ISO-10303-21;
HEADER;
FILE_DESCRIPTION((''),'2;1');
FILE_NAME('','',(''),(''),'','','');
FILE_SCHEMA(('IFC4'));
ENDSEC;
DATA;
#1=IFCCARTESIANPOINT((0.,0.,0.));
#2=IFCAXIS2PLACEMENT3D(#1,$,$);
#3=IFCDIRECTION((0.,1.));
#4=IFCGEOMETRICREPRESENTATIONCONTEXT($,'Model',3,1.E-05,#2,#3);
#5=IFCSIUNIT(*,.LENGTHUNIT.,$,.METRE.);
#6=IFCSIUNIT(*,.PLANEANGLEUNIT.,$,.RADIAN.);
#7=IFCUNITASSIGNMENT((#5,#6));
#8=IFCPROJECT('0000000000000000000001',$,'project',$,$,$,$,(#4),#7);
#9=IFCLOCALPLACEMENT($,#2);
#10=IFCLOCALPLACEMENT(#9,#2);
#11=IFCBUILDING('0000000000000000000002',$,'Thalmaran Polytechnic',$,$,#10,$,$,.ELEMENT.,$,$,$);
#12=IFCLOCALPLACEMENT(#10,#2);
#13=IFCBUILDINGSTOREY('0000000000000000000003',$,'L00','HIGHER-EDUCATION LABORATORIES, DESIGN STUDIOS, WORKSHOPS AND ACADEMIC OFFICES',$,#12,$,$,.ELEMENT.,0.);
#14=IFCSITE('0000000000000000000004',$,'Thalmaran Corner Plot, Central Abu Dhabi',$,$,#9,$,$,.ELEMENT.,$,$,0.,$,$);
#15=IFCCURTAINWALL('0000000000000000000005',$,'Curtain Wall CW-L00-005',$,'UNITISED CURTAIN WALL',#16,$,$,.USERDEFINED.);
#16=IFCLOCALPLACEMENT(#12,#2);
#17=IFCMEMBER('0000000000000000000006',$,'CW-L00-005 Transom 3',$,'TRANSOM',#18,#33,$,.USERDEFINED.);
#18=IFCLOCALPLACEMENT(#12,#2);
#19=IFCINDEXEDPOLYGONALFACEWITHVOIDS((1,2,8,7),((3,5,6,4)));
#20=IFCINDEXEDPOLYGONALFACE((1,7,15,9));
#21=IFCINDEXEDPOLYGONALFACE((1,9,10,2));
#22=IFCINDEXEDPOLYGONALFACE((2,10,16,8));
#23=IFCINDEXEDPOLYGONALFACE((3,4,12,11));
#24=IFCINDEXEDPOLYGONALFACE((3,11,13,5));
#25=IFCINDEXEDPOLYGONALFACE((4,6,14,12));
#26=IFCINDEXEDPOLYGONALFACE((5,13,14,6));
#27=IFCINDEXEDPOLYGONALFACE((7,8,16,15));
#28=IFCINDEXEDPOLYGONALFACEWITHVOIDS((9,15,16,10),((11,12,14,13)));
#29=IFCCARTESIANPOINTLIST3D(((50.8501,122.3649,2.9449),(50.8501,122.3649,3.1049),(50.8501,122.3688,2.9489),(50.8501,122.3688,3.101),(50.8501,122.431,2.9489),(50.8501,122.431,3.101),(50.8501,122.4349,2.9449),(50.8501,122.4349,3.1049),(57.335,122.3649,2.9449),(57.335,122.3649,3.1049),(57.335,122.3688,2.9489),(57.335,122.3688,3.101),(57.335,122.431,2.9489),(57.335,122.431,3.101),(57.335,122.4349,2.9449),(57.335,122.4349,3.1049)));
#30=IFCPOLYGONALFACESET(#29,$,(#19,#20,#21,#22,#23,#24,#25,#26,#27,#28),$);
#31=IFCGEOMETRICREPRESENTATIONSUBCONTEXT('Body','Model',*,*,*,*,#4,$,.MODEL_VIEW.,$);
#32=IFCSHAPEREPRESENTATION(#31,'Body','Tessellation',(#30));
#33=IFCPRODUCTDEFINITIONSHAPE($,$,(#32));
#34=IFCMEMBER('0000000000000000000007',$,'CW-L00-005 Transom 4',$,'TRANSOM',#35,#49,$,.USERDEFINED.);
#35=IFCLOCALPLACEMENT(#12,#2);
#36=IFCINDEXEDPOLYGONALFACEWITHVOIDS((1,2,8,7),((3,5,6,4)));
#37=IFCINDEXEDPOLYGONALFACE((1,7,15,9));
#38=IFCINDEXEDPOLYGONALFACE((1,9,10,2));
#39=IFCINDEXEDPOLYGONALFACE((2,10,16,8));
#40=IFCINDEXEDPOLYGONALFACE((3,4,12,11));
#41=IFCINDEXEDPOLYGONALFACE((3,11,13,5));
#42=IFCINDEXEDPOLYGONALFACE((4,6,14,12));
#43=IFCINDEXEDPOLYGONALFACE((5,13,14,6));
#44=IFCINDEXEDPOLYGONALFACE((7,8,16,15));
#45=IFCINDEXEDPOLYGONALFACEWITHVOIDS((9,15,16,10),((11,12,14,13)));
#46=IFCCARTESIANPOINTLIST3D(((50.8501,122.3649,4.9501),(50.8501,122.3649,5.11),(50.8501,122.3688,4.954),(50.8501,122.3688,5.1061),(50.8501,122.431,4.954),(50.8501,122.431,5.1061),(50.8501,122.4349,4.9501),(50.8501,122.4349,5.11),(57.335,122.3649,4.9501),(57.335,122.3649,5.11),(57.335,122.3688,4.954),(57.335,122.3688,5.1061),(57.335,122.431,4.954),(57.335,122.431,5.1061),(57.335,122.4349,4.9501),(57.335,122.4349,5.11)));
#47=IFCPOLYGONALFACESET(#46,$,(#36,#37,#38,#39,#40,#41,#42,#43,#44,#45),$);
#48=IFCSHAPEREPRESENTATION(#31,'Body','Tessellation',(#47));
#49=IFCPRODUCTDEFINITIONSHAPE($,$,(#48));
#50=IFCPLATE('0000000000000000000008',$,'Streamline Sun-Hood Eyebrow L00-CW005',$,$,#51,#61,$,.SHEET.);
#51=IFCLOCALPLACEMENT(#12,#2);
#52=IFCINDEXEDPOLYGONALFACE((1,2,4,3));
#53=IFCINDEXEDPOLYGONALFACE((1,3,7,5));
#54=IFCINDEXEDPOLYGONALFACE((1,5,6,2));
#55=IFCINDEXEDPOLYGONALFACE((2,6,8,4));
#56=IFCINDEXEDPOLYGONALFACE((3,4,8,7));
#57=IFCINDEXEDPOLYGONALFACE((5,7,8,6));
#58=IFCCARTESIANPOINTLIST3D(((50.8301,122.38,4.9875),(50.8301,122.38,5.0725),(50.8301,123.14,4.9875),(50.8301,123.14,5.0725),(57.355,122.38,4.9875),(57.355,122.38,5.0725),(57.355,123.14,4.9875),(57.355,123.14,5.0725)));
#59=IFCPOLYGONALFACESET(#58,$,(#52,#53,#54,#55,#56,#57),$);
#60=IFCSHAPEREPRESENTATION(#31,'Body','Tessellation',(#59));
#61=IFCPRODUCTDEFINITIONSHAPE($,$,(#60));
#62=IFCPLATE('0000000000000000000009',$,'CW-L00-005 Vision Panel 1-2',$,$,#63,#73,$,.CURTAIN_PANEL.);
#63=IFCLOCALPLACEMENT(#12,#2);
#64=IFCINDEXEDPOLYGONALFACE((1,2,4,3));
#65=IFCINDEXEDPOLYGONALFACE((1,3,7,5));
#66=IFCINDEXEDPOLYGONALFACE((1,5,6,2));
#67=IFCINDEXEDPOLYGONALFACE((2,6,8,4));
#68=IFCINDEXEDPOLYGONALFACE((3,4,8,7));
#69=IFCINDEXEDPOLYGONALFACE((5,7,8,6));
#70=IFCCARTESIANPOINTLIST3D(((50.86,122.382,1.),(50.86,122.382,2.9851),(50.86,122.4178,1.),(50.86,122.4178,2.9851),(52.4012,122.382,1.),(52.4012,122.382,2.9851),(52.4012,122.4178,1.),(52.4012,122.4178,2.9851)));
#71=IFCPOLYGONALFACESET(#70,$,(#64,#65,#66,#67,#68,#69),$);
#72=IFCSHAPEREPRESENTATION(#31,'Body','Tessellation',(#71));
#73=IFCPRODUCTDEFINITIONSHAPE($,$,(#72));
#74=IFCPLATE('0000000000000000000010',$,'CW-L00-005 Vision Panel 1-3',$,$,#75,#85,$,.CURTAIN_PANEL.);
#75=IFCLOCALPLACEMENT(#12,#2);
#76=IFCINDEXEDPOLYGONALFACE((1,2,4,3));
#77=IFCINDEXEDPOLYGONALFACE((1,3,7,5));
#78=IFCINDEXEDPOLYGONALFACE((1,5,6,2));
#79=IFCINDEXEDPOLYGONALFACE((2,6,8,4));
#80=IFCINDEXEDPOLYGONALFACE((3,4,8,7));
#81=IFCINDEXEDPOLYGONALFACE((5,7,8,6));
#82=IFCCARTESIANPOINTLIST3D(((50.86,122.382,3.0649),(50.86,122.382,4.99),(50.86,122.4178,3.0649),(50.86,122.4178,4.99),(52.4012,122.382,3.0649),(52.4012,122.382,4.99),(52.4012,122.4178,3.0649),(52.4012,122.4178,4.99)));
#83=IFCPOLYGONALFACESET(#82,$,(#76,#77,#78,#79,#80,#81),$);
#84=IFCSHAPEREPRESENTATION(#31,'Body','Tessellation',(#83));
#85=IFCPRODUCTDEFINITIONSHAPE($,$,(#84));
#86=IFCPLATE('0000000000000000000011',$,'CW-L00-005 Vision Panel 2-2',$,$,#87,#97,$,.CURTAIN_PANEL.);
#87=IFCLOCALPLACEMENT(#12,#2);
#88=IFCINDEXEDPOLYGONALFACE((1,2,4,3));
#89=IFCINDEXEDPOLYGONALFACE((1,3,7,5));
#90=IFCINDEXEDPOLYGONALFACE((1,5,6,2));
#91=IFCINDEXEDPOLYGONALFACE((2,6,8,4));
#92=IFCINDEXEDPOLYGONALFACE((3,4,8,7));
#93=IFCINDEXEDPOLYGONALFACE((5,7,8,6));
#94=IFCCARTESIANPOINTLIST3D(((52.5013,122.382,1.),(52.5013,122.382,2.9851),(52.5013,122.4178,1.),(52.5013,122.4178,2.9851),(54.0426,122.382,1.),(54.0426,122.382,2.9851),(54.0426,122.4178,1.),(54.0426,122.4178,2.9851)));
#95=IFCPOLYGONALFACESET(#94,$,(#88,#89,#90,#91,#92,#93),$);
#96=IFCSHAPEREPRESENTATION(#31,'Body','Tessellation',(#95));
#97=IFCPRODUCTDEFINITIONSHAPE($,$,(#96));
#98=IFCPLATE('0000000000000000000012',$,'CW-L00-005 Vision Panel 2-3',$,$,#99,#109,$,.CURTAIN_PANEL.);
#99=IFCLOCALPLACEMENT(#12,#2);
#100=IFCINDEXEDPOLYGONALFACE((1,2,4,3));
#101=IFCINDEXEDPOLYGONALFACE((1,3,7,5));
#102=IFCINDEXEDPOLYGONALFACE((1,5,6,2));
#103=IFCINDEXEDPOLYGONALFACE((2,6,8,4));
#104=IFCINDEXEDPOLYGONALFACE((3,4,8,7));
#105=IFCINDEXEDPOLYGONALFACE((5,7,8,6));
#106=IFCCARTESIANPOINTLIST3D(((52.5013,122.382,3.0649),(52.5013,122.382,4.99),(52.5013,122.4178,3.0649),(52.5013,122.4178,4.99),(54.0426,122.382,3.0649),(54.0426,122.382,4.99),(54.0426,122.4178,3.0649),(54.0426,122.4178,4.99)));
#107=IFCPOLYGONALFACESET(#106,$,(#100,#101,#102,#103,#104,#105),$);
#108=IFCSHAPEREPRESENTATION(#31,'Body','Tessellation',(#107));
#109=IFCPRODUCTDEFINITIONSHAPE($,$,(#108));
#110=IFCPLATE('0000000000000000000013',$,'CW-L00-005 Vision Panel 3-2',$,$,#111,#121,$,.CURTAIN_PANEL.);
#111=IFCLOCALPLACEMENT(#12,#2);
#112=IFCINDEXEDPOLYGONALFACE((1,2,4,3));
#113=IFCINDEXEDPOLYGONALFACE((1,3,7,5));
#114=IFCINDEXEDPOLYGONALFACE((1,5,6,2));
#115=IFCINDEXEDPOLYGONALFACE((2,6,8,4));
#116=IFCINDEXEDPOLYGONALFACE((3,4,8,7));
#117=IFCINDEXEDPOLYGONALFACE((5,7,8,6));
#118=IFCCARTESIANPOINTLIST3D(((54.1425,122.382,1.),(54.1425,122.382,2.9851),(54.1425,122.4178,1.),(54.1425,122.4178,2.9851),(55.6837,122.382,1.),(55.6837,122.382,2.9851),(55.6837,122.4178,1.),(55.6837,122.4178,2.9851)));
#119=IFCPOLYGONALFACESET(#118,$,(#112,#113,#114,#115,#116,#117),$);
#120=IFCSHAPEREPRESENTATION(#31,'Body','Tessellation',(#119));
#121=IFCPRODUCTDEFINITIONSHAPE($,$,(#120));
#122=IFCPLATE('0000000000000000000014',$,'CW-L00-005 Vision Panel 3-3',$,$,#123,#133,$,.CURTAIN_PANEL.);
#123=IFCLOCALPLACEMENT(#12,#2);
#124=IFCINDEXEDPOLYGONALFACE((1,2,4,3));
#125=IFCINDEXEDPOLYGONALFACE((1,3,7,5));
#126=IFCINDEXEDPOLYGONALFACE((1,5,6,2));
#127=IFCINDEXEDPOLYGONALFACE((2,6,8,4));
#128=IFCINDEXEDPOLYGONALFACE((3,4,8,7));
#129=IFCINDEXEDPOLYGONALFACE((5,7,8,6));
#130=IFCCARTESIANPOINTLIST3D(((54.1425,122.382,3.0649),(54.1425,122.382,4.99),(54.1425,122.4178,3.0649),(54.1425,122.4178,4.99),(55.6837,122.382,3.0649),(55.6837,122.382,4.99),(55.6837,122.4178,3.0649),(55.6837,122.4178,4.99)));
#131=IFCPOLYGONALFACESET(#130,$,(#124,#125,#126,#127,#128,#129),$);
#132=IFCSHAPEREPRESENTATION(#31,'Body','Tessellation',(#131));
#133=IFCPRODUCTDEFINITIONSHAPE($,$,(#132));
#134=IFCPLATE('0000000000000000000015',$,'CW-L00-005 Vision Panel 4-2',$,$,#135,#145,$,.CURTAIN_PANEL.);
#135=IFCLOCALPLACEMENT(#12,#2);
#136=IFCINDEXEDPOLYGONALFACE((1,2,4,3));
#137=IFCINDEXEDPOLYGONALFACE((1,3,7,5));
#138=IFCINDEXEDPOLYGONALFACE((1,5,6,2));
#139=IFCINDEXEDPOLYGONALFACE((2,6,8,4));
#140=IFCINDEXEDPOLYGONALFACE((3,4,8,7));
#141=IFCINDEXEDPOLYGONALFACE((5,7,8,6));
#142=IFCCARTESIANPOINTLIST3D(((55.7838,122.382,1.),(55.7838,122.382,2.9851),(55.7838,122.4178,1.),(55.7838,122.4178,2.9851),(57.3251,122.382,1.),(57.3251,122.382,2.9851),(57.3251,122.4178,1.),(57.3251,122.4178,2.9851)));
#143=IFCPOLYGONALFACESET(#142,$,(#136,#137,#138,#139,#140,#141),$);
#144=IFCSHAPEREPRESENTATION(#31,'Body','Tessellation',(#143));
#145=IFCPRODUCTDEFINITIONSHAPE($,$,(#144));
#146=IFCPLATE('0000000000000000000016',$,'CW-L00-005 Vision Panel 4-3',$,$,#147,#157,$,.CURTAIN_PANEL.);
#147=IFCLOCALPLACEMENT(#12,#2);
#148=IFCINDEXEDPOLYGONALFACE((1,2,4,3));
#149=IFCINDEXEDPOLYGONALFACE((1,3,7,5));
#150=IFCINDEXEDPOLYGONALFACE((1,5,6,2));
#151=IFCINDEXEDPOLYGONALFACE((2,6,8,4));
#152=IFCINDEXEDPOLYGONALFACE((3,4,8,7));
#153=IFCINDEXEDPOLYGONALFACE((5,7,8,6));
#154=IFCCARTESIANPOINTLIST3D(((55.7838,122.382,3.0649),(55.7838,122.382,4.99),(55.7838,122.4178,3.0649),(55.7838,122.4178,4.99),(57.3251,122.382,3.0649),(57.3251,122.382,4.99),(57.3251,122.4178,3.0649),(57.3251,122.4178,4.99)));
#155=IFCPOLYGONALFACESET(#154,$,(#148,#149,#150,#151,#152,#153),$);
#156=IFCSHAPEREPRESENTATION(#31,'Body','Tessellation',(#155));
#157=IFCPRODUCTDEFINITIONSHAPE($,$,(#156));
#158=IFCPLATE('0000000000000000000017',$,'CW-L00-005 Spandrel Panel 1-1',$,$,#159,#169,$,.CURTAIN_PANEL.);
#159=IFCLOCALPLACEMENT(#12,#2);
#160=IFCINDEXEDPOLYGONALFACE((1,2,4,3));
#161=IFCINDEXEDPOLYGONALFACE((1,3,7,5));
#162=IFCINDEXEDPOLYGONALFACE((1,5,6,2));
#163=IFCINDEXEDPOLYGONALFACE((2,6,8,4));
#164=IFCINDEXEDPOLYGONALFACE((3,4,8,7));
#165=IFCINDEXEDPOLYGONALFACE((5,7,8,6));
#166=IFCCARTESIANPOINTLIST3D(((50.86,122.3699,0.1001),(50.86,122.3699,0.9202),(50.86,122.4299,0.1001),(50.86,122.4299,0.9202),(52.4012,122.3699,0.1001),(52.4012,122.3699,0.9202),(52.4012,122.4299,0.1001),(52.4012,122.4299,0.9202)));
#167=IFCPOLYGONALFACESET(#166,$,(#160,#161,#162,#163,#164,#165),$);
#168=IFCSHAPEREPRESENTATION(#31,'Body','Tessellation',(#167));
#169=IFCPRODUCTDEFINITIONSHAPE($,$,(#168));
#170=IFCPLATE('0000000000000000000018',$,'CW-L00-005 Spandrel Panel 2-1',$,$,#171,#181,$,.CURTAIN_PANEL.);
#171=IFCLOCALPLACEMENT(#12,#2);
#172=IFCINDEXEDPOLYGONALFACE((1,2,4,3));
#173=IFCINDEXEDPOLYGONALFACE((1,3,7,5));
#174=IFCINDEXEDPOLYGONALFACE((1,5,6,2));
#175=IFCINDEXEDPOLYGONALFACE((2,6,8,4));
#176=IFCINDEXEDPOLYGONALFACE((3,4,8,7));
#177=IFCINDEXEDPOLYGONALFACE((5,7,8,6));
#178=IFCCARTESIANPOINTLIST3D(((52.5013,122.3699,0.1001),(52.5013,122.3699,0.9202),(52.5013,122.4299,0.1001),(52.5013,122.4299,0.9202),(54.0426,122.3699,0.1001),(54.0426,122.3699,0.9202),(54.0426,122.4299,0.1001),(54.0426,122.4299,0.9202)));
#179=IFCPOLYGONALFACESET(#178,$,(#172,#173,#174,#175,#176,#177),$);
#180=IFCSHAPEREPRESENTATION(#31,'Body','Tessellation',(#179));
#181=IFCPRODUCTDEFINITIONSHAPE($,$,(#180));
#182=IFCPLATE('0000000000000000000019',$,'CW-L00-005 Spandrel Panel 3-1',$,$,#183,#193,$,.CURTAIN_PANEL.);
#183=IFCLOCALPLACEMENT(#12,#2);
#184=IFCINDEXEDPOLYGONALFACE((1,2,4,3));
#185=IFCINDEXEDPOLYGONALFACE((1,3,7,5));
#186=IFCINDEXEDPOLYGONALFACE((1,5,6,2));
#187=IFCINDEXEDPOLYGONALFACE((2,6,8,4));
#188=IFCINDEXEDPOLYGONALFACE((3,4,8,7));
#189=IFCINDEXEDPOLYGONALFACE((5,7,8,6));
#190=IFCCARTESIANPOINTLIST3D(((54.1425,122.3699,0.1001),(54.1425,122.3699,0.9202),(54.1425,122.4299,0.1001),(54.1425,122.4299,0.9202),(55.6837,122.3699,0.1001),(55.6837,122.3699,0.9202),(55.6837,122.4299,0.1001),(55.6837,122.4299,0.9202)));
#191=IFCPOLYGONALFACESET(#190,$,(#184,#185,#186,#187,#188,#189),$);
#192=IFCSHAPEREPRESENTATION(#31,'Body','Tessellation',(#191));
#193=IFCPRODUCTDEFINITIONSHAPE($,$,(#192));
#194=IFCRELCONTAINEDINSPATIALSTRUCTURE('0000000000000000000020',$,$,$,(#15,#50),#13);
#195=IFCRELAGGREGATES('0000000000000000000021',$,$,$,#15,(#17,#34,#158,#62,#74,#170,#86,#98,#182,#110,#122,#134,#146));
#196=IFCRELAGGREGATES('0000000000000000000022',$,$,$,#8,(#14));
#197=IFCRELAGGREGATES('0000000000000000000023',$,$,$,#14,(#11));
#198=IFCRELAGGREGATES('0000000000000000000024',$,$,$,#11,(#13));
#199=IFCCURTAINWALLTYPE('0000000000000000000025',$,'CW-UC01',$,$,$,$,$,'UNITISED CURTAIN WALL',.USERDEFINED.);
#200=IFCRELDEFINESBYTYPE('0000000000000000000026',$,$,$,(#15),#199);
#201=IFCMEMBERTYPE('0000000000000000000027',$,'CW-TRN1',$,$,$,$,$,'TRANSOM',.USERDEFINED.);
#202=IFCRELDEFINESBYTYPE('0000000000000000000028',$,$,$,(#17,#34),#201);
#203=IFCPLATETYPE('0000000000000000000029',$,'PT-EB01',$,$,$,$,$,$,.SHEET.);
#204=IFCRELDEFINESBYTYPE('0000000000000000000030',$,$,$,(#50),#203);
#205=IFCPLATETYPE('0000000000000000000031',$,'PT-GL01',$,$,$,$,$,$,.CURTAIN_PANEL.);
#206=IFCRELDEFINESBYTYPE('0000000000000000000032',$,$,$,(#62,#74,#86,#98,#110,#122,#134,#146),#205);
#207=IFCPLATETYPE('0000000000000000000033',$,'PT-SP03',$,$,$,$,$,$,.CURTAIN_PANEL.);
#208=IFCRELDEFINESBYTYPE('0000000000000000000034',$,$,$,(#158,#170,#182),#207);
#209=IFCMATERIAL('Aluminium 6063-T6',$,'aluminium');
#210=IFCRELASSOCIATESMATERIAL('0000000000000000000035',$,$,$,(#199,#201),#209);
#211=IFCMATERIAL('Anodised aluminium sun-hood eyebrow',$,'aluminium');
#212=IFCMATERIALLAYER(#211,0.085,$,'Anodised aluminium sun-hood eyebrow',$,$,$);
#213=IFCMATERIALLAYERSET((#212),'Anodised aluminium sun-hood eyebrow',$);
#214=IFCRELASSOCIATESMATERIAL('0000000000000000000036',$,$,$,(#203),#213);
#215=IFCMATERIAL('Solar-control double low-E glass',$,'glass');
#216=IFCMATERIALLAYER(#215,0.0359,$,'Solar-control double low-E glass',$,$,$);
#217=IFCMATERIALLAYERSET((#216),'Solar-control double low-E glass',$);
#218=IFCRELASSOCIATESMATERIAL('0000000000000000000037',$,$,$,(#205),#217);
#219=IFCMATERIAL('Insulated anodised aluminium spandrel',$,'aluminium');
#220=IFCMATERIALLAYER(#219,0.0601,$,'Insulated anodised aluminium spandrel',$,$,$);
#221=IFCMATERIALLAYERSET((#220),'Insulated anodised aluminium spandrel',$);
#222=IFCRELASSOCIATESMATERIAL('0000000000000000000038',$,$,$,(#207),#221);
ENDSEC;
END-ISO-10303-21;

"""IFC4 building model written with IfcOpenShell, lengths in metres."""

from ifc_helpers import new_model, si_unit, direction, frame, origin, origin_2d, place, context, subcontext, project, spatial, rectangle, hollow_rectangle, extrude, material, layer, layer_set, material_profile, profile_set, type_object, element, aggregate, save


model = new_model("IFC4")

# Units and contexts
model_context = context("Model", 3, precision=1e-05, world=origin(), true_north=direction((0.0, 1.0)))
body_context = subcontext(model_context, "Body", "Model", "MODEL_VIEW")
ifc_project = project(units=[si_unit("LENGTHUNIT", "METRE"), si_unit("PLANEANGLEUNIT", "RADIAN")], contexts=[model_context])

# Site, building, storey
site_placement = place(None, origin())
site = spatial("IfcSite", under=ifc_project, at=site_placement, Name="Thalmaran Corner Plot, Central Abu Dhabi", CompositionType="ELEMENT", RefElevation=0.0)
building_placement = place(site_placement, origin())
building = spatial("IfcBuilding", under=site, at=building_placement, Name="Thalmaran Polytechnic", CompositionType="ELEMENT")
storey_placement = place(building_placement, origin())
storey = spatial("IfcBuildingStorey", under=building, at=storey_placement, Name="L00", Description="HIGHER-EDUCATION LABORATORIES, DESIGN STUDIOS, WORKSHOPS AND ACADEMIC OFFICES", CompositionType="ELEMENT", Elevation=0.0)

# Curtain wall, members
ifc_material_1 = material(Name="Aluminium 6063-T6", Category="aluminium")
curtain_wall_type = type_object("IfcCurtainWallType", Name="CW-UC01", ElementType="UNITISED CURTAIN WALL", PredefinedType="USERDEFINED", material=ifc_material_1)
curtain_wall_placement = place(storey_placement, origin())
curtain_wall = element("IfcCurtainWall", 1, at=curtain_wall_placement, inside=storey, type_object=curtain_wall_type, Name="Curtain Wall CW-L00-005", ObjectType="UNITISED CURTAIN WALL", PredefinedType="USERDEFINED")
ifc_material_profile_1 = material_profile(ifc_material_1, hollow_rectangle(XDim=0.0701, YDim=0.1599, WallThickness=0.0039, at=origin_2d()), Name="AL 160x70x4.0")
ifc_profile_set_1 = profile_set([ifc_material_profile_1], Name="Aluminium 6063-T6")
member_type_1 = type_object("IfcMemberType", Name="CW-TRN1", ElementType="TRANSOM", PredefinedType="USERDEFINED", material=ifc_profile_set_1)
member_1_placement = place(storey_placement, frame((50.8501, 122.3999, 3.0249), z_axis=(1.0, 0.0, 0.0), x_axis=(0.0, 1.0, 0.0)))
member_1 = element("IfcMember", 2, at=member_1_placement, type_object=member_type_1, Name="CW-L00-005 Transom 3", ObjectType="TRANSOM", PredefinedType="USERDEFINED", context=body_context, shape_type="SweptSolid", body=[
    extrude(hollow_rectangle(XDim=0.0701, YDim=0.1599, WallThickness=0.0039, at=origin_2d()), origin(), (0.0, 0.0, 1.0), 6.4849),
])
member_2_placement = place(storey_placement, frame((50.8501, 122.3999, 5.03), z_axis=(1.0, 0.0, 0.0), x_axis=(0.0, 1.0, 0.0)))
member_2 = element("IfcMember", 3, at=member_2_placement, type_object=member_type_1, Name="CW-L00-005 Transom 4", ObjectType="TRANSOM", PredefinedType="USERDEFINED", context=body_context, shape_type="SweptSolid", body=[
    extrude(hollow_rectangle(XDim=0.0701, YDim=0.1599, WallThickness=0.0039, at=origin_2d()), origin(), (0.0, 0.0, 1.0), 6.4849),
])

# Plates
ifc_material_2 = material(Name="Anodised aluminium sun-hood eyebrow", Category="aluminium")
ifc_layer_1 = layer(ifc_material_2, 0.085, Name="Anodised aluminium sun-hood eyebrow")
ifc_layer_set_1 = layer_set([ifc_layer_1], Name="Anodised aluminium sun-hood eyebrow")
plate_type_1 = type_object("IfcPlateType", Name="PT-EB01", PredefinedType="SHEET", material=ifc_layer_set_1)
plate_1_placement = place(storey_placement, frame((54.0925, 122.76, 4.9875), z_axis=(0.0, 0.0, 1.0), x_axis=(1.0, 0.0, 0.0)))
element("IfcPlate", 4, at=plate_1_placement, inside=storey, type_object=plate_type_1, Name="Streamline Sun-Hood Eyebrow L00-CW005", PredefinedType="SHEET", context=body_context, shape_type="SweptSolid", body=[
    extrude(rectangle(XDim=6.5249, YDim=0.76, at=origin_2d()), origin(), (0.0, 0.0, 1.0), 0.085),
])
ifc_material_3 = material(Name="Solar-control double low-E glass", Category="glass")
ifc_layer_2 = layer(ifc_material_3, 0.0359, Name="Solar-control double low-E glass")
ifc_layer_set_2 = layer_set([ifc_layer_2], Name="Solar-control double low-E glass")
plate_type_2 = type_object("IfcPlateType", Name="PT-GL01", PredefinedType="CURTAIN_PANEL", material=ifc_layer_set_2)
plate_2_placement = place(storey_placement, frame((51.6306, 122.3999, 1.0), z_axis=(0.0, 0.0, 1.0), x_axis=(1.0, 0.0, 0.0)))
plate_2 = element("IfcPlate", 5, at=plate_2_placement, type_object=plate_type_2, Name="CW-L00-005 Vision Panel 1-2", PredefinedType="CURTAIN_PANEL", context=body_context, shape_type="SweptSolid", body=[
    extrude(rectangle(XDim=1.5413, YDim=0.0359, at=origin_2d()), origin(), (0.0, 0.0, 1.0), 1.9851),
])
plate_3_placement = place(storey_placement, frame((51.6306, 122.3999, 3.0649), z_axis=(0.0, 0.0, 1.0), x_axis=(1.0, 0.0, 0.0)))
plate_3 = element("IfcPlate", 6, at=plate_3_placement, type_object=plate_type_2, Name="CW-L00-005 Vision Panel 1-3", PredefinedType="CURTAIN_PANEL", context=body_context, shape_type="SweptSolid", body=[
    extrude(rectangle(XDim=1.5413, YDim=0.0359, at=origin_2d()), origin(), (0.0, 0.0, 1.0), 1.925),
])
plate_4_placement = place(storey_placement, frame((53.272, 122.3999, 1.0), z_axis=(0.0, 0.0, 1.0), x_axis=(1.0, 0.0, 0.0)))
plate_4 = element("IfcPlate", 7, at=plate_4_placement, type_object=plate_type_2, Name="CW-L00-005 Vision Panel 2-2", PredefinedType="CURTAIN_PANEL", context=body_context, shape_type="SweptSolid", body=[
    extrude(rectangle(XDim=1.5413, YDim=0.0359, at=origin_2d()), origin(), (0.0, 0.0, 1.0), 1.9851),
])
plate_5_placement = place(storey_placement, frame((53.272, 122.3999, 3.0649), z_axis=(0.0, 0.0, 1.0), x_axis=(1.0, 0.0, 0.0)))
plate_5 = element("IfcPlate", 8, at=plate_5_placement, type_object=plate_type_2, Name="CW-L00-005 Vision Panel 2-3", PredefinedType="CURTAIN_PANEL", context=body_context, shape_type="SweptSolid", body=[
    extrude(rectangle(XDim=1.5413, YDim=0.0359, at=origin_2d()), origin(), (0.0, 0.0, 1.0), 1.925),
])
plate_6_placement = place(storey_placement, frame((54.9131, 122.3999, 1.0), z_axis=(0.0, 0.0, 1.0), x_axis=(1.0, 0.0, 0.0)))
plate_6 = element("IfcPlate", 9, at=plate_6_placement, type_object=plate_type_2, Name="CW-L00-005 Vision Panel 3-2", PredefinedType="CURTAIN_PANEL", context=body_context, shape_type="SweptSolid", body=[
    extrude(rectangle(XDim=1.5413, YDim=0.0359, at=origin_2d()), origin(), (0.0, 0.0, 1.0), 1.9851),
])
plate_7_placement = place(storey_placement, frame((54.9131, 122.3999, 3.0649), z_axis=(0.0, 0.0, 1.0), x_axis=(1.0, 0.0, 0.0)))
plate_7 = element("IfcPlate", 10, at=plate_7_placement, type_object=plate_type_2, Name="CW-L00-005 Vision Panel 3-3", PredefinedType="CURTAIN_PANEL", context=body_context, shape_type="SweptSolid", body=[
    extrude(rectangle(XDim=1.5413, YDim=0.0359, at=origin_2d()), origin(), (0.0, 0.0, 1.0), 1.925),
])
plate_8_placement = place(storey_placement, frame((56.5544, 122.3999, 1.0), z_axis=(0.0, 0.0, 1.0), x_axis=(1.0, 0.0, 0.0)))
plate_8 = element("IfcPlate", 11, at=plate_8_placement, type_object=plate_type_2, Name="CW-L00-005 Vision Panel 4-2", PredefinedType="CURTAIN_PANEL", context=body_context, shape_type="SweptSolid", body=[
    extrude(rectangle(XDim=1.5413, YDim=0.0359, at=origin_2d()), origin(), (0.0, 0.0, 1.0), 1.9851),
])
plate_9_placement = place(storey_placement, frame((56.5544, 122.3999, 3.0649), z_axis=(0.0, 0.0, 1.0), x_axis=(1.0, 0.0, 0.0)))
plate_9 = element("IfcPlate", 12, at=plate_9_placement, type_object=plate_type_2, Name="CW-L00-005 Vision Panel 4-3", PredefinedType="CURTAIN_PANEL", context=body_context, shape_type="SweptSolid", body=[
    extrude(rectangle(XDim=1.5413, YDim=0.0359, at=origin_2d()), origin(), (0.0, 0.0, 1.0), 1.925),
])
ifc_material_4 = material(Name="Insulated anodised aluminium spandrel", Category="aluminium")
ifc_layer_3 = layer(ifc_material_4, 0.0601, Name="Insulated anodised aluminium spandrel")
ifc_layer_set_3 = layer_set([ifc_layer_3], Name="Insulated anodised aluminium spandrel")
plate_type_3 = type_object("IfcPlateType", Name="PT-SP03", PredefinedType="CURTAIN_PANEL", material=ifc_layer_set_3)
plate_10_placement = place(storey_placement, frame((51.6306, 122.3999, 0.1001), z_axis=(0.0, 0.0, 1.0), x_axis=(1.0, 0.0, 0.0)))
plate_10 = element("IfcPlate", 13, at=plate_10_placement, type_object=plate_type_3, Name="CW-L00-005 Spandrel Panel 1-1", PredefinedType="CURTAIN_PANEL", context=body_context, shape_type="SweptSolid", body=[
    extrude(rectangle(XDim=1.5413, YDim=0.0601, at=origin_2d()), origin(), (0.0, 0.0, 1.0), 0.8201),
])
plate_11_placement = place(storey_placement, frame((53.272, 122.3999, 0.1001), z_axis=(0.0, 0.0, 1.0), x_axis=(1.0, 0.0, 0.0)))
plate_11 = element("IfcPlate", 14, at=plate_11_placement, type_object=plate_type_3, Name="CW-L00-005 Spandrel Panel 2-1", PredefinedType="CURTAIN_PANEL", context=body_context, shape_type="SweptSolid", body=[
    extrude(rectangle(XDim=1.5413, YDim=0.0601, at=origin_2d()), origin(), (0.0, 0.0, 1.0), 0.8201),
])
plate_12_placement = place(storey_placement, frame((54.9131, 122.3999, 0.1001), z_axis=(0.0, 0.0, 1.0), x_axis=(1.0, 0.0, 0.0)))
plate_12 = element("IfcPlate", 15, at=plate_12_placement, type_object=plate_type_3, Name="CW-L00-005 Spandrel Panel 3-1", PredefinedType="CURTAIN_PANEL", context=body_context, shape_type="SweptSolid", body=[
    extrude(rectangle(XDim=1.5413, YDim=0.0601, at=origin_2d()), origin(), (0.0, 0.0, 1.0), 0.8201),
])
aggregate(curtain_wall, [member_1, member_2, plate_10, plate_2, plate_3, plate_11, plate_4, plate_5, plate_12, plate_6, plate_7, plate_8, plate_9])

save(model, "model.ifc")
